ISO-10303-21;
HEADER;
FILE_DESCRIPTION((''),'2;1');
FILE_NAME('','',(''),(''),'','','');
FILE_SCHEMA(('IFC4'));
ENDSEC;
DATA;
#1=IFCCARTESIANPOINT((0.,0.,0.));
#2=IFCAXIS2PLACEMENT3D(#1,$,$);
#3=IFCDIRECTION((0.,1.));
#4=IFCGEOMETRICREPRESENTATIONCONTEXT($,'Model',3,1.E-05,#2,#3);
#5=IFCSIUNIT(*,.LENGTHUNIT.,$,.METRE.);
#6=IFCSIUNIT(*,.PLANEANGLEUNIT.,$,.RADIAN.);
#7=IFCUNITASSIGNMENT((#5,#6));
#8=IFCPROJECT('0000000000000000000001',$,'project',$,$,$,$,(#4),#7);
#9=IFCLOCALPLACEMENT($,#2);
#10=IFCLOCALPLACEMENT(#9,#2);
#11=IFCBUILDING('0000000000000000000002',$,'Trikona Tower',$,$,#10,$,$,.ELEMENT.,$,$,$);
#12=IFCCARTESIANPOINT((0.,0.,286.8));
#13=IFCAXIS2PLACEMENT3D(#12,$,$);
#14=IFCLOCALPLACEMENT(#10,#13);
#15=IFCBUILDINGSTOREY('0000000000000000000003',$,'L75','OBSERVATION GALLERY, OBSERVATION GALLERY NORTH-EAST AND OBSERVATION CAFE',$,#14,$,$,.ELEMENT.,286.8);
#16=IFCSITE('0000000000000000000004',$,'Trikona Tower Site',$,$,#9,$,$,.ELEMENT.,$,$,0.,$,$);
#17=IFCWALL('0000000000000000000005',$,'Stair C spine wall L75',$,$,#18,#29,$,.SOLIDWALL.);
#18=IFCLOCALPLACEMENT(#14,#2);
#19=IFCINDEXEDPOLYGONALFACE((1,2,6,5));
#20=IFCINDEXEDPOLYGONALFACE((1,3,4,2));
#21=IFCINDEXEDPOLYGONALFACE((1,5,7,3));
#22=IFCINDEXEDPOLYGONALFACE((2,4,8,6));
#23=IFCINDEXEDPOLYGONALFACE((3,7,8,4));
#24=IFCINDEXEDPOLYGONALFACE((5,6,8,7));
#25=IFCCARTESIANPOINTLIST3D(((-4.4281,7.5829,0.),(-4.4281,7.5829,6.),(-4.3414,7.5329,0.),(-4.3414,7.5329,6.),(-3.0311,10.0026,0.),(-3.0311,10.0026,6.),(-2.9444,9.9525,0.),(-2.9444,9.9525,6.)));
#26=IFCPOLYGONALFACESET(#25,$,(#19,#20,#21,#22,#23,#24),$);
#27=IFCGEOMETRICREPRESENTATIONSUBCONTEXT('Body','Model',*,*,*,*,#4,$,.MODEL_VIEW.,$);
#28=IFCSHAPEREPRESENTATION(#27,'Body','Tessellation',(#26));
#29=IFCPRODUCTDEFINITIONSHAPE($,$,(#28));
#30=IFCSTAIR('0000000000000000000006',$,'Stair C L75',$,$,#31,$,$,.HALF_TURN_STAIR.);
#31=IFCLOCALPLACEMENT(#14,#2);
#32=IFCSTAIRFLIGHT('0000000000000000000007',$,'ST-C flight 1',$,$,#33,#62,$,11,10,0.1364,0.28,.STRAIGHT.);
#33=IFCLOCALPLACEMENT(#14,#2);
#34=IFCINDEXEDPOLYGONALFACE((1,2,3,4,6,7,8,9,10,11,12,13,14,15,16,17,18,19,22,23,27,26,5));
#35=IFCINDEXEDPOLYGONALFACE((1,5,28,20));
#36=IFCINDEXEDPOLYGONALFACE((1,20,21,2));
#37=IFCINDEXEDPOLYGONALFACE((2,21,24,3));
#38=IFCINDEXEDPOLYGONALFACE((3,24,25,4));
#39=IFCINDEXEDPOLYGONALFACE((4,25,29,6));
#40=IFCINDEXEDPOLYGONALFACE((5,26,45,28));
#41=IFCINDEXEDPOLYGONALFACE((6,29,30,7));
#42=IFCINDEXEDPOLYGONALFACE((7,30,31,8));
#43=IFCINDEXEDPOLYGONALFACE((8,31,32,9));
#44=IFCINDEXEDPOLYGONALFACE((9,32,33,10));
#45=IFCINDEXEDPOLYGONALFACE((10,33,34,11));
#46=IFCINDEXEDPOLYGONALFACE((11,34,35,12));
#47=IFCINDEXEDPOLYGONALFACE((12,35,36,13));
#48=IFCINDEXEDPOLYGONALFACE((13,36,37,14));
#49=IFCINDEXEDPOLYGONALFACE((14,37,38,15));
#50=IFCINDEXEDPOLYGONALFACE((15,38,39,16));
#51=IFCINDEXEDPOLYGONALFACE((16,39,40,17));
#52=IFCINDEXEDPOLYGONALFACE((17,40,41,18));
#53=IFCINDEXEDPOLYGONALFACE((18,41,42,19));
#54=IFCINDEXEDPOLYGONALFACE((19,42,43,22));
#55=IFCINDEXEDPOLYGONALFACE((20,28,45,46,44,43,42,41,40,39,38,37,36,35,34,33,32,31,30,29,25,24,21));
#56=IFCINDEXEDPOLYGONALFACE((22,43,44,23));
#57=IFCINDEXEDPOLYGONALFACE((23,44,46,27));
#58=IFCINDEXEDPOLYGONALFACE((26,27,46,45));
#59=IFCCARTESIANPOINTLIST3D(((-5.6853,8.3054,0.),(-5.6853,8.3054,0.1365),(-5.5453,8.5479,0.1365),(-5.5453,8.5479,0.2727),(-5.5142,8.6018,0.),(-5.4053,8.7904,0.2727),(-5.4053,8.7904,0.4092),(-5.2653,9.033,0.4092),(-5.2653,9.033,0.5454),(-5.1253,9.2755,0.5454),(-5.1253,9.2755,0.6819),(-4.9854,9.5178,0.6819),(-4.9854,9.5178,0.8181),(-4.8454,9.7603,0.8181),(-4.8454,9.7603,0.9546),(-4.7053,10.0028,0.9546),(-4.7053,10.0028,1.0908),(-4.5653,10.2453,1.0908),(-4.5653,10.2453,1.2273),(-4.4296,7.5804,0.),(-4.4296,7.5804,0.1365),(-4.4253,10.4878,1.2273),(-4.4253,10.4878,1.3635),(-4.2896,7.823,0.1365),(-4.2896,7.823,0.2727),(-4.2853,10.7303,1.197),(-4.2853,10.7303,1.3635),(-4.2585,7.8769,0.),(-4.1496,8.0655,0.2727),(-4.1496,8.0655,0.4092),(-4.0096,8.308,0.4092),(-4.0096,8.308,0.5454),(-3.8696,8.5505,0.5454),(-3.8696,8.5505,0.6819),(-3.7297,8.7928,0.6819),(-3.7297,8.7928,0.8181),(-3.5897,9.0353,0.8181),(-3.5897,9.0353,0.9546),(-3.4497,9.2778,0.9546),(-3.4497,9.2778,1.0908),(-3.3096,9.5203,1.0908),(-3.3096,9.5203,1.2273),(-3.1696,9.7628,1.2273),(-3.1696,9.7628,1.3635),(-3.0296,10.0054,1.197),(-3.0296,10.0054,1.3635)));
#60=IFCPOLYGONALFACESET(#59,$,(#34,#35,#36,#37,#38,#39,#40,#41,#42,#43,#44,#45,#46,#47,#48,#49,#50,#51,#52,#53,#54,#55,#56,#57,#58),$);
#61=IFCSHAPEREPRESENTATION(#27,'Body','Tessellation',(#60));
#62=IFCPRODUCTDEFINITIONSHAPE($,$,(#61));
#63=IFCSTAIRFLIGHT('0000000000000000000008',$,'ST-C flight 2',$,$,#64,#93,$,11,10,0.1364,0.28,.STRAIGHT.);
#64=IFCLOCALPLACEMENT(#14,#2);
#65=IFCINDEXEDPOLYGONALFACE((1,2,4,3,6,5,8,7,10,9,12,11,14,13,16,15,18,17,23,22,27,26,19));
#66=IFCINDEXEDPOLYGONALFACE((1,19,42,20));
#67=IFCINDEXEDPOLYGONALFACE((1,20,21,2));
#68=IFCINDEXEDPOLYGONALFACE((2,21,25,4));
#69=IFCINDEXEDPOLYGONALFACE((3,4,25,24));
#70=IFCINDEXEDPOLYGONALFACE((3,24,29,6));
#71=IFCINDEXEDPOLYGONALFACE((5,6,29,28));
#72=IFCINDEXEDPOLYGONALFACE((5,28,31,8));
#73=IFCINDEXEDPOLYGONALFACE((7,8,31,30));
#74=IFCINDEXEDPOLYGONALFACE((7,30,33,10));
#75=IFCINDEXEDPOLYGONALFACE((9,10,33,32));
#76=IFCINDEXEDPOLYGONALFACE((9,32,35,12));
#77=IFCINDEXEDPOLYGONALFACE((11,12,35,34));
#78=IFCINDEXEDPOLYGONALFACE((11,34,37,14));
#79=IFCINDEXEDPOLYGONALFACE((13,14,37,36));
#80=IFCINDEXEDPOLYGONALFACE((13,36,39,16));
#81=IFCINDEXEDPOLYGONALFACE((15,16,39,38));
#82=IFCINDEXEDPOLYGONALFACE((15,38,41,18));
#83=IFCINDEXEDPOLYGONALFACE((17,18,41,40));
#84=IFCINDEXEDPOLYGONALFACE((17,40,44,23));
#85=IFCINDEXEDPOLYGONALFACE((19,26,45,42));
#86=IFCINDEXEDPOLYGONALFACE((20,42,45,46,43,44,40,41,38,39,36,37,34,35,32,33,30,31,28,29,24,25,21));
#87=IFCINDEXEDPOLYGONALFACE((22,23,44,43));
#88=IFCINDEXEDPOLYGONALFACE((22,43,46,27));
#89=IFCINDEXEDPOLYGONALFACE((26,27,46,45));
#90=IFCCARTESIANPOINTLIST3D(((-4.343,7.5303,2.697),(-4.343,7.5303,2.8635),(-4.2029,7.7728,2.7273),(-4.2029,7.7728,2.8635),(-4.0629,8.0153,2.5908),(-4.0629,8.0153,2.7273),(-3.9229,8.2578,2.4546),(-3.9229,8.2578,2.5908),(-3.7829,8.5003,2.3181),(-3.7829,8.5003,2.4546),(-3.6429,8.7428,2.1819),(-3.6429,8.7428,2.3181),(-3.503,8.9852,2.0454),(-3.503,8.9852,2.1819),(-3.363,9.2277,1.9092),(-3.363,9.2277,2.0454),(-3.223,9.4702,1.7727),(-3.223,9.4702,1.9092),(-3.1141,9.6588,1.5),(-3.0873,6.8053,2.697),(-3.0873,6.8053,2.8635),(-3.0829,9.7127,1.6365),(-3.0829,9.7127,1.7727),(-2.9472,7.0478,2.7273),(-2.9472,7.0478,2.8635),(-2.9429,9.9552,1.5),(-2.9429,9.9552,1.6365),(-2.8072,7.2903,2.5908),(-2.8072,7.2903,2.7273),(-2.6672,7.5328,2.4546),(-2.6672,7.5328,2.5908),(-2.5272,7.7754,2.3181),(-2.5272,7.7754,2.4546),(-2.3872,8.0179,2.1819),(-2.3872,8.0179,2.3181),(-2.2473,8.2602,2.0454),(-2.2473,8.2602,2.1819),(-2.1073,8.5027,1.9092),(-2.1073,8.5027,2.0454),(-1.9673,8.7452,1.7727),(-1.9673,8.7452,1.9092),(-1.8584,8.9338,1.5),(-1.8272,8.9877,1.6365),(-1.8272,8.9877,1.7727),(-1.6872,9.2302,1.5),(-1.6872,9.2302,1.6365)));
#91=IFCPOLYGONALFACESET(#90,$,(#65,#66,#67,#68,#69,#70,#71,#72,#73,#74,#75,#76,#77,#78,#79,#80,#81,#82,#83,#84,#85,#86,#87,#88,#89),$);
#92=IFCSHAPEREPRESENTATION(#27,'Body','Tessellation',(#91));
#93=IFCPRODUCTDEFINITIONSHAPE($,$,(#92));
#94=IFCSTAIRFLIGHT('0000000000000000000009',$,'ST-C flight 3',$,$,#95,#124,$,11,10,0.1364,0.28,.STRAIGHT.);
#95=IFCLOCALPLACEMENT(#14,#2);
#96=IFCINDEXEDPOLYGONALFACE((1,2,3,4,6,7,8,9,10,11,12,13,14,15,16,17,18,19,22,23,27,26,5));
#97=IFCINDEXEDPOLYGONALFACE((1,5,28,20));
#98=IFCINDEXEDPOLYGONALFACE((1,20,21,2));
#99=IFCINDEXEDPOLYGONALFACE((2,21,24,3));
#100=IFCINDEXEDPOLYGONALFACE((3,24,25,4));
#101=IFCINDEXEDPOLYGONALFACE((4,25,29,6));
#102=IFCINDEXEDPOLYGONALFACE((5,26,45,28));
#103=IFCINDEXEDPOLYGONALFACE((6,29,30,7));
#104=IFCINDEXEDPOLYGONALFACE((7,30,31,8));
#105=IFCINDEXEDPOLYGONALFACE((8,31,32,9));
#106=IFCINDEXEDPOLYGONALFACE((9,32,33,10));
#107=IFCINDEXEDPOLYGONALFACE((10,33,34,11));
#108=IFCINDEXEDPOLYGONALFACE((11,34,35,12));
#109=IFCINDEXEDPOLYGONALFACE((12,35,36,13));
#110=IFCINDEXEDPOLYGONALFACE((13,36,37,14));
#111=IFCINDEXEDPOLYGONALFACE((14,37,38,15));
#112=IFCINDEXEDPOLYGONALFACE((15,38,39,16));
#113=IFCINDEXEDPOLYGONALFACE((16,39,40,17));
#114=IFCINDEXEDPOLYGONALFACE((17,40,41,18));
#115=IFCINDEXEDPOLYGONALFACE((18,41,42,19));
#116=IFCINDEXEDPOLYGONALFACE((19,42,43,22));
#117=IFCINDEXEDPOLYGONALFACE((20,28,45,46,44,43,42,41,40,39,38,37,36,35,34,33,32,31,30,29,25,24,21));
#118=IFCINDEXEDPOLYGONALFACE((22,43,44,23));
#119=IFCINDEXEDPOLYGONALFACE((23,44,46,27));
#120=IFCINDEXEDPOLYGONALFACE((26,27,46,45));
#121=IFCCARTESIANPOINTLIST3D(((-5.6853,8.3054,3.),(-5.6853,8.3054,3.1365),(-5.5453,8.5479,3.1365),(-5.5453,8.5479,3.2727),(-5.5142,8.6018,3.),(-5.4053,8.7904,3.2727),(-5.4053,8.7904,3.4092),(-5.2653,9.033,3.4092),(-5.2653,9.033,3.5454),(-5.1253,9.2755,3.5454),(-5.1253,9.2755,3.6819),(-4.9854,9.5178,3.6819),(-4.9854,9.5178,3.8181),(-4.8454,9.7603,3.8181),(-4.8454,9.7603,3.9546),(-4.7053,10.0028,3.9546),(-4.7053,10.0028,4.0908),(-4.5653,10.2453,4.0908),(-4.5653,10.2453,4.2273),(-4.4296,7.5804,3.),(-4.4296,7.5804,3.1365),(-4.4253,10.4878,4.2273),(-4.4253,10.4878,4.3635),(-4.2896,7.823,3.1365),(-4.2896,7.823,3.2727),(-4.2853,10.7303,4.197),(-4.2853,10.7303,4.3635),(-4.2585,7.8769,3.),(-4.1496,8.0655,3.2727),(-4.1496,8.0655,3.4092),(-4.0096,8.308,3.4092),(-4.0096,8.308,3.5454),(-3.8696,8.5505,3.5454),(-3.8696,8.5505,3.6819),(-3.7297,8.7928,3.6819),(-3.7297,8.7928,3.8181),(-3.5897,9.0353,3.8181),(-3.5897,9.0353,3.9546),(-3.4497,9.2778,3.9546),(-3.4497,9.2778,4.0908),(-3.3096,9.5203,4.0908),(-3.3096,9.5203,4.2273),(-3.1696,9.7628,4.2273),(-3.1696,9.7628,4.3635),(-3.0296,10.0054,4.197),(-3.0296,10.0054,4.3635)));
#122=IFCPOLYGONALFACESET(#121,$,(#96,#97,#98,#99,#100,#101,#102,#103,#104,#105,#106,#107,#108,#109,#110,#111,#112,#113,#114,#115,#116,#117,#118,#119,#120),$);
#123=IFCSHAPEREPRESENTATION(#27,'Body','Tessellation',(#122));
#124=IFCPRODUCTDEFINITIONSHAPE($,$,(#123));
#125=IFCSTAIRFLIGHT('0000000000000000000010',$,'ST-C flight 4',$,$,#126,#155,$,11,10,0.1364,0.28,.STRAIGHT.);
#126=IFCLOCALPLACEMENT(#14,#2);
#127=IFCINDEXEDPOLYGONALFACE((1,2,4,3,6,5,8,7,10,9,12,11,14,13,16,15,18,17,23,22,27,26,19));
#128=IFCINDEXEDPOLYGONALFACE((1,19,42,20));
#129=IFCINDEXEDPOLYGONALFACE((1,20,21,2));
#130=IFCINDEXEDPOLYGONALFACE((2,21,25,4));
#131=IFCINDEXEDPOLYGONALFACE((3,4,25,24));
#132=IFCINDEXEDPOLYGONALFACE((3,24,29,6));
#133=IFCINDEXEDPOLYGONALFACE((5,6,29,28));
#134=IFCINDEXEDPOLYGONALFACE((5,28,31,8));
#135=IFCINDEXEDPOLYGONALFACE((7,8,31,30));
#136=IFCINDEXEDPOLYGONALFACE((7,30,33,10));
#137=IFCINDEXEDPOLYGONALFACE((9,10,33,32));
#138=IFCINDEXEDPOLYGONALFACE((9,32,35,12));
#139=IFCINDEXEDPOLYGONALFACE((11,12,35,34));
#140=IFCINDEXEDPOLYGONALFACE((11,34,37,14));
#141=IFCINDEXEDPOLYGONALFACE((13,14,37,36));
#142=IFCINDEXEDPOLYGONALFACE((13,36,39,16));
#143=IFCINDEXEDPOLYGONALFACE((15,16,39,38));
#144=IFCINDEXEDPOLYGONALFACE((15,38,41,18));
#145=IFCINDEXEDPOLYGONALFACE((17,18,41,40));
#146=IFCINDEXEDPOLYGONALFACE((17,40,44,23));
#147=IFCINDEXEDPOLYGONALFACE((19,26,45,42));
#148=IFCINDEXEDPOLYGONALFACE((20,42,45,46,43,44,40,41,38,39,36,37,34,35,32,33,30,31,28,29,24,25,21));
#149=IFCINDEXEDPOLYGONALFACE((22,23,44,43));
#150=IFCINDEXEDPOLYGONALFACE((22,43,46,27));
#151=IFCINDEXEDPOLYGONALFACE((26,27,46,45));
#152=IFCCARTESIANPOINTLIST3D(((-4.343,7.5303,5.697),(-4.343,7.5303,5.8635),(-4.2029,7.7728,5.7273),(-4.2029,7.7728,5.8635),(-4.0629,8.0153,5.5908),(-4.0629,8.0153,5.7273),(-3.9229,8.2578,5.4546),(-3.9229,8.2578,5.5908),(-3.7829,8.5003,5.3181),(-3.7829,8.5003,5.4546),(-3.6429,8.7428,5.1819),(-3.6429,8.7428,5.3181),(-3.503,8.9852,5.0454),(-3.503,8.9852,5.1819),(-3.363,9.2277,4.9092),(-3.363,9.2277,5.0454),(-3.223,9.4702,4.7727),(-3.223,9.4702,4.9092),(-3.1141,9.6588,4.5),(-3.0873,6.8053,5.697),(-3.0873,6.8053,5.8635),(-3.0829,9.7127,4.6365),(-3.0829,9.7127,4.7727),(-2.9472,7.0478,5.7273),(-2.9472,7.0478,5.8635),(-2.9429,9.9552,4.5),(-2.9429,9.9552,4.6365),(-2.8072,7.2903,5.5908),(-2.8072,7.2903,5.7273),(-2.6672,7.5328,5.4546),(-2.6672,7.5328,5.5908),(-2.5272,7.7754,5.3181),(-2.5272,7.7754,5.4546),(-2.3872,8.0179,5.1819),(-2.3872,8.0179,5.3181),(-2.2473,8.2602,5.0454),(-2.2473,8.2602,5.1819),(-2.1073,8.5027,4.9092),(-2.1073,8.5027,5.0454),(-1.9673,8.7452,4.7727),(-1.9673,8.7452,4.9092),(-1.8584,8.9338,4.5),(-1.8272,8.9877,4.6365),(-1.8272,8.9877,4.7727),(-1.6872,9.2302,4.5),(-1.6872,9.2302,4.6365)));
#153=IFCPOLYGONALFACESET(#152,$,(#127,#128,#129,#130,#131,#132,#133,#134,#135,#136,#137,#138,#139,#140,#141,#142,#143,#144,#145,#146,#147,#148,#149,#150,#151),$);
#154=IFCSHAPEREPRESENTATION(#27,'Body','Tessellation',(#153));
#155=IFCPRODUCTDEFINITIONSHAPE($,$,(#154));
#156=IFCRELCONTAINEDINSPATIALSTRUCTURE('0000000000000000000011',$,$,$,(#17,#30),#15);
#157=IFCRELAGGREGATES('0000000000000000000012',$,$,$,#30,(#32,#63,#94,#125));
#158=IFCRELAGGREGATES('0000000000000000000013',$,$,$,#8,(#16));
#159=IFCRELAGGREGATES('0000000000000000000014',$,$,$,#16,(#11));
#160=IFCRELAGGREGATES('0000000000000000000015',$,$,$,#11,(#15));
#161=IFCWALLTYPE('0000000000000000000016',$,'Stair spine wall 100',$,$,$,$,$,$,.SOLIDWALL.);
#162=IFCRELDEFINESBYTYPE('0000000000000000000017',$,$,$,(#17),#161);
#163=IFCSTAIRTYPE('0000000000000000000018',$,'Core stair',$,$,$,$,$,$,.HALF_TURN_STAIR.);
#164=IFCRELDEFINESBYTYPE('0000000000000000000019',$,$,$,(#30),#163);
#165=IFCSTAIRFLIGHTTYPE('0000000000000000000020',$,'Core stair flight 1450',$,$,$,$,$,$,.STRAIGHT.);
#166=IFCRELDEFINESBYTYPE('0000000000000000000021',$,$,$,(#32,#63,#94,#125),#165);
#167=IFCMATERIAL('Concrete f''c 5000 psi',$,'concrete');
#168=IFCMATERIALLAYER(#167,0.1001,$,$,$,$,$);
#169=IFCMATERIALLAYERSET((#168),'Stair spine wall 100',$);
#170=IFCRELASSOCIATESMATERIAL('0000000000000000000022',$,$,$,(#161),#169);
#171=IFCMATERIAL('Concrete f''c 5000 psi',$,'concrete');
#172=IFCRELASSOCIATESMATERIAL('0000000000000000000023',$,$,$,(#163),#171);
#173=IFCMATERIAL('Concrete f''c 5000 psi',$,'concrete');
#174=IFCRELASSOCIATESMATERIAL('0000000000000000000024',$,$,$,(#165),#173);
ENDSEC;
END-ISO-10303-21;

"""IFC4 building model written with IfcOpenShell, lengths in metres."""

from ifc_helpers import new_model, si_unit, direction, frame, frame_2d, origin, place, context, subcontext, project, spatial, polyline, rectangle, outline, extrude, material, layer, layer_set, type_object, element, aggregate, save


model = new_model("IFC4")

# Units and contexts
model_context = context("Model", 3, precision=1e-05, world=origin(), true_north=direction((0.0, 1.0)))
body_context = subcontext(model_context, "Body", "Model", "MODEL_VIEW")
ifc_project = project(units=[si_unit("LENGTHUNIT", "METRE"), si_unit("PLANEANGLEUNIT", "RADIAN")], contexts=[model_context])

# Site, building, storey
site_placement = place(None, origin())
site = spatial("IfcSite", under=ifc_project, at=site_placement, Name="Trikona Tower Site", CompositionType="ELEMENT", RefElevation=0.0)
building_placement = place(site_placement, origin())
building = spatial("IfcBuilding", under=site, at=building_placement, Name="Trikona Tower", CompositionType="ELEMENT")
storey_placement = place(building_placement, frame((0.0, 0.0, 286.8)))
storey = spatial("IfcBuildingStorey", under=building, at=storey_placement, Name="L75", Description="OBSERVATION GALLERY, OBSERVATION GALLERY NORTH-EAST AND OBSERVATION CAFE", CompositionType="ELEMENT", Elevation=286.8)

# Wall
ifc_material_1 = material(Name="Concrete f'c 5000 psi", Category="concrete")
ifc_layer_1 = layer(ifc_material_1, 0.1001)
ifc_layer_set_1 = layer_set([ifc_layer_1], Name="Stair spine wall 100")
wall_type_1 = type_object("IfcWallType", Name="Stair spine wall 100", PredefinedType="SOLIDWALL", material=ifc_layer_set_1)
wall_1_placement = place(storey_placement, frame((-2.9878, 9.9775, 0.0), z_axis=(0.0, 0.0, 1.0), x_axis=(-0.499992, -0.86603, 0.0)))
element("IfcWall", 1, at=wall_1_placement, inside=storey, type_object=wall_type_1, Name="Stair C spine wall L75", PredefinedType="SOLIDWALL", context=body_context, shape_type="SweptSolid", body=[
    extrude(rectangle(XDim=2.7939, YDim=0.1001, at=frame_2d((1.397, 0.0))), origin(), (0.0, 0.0, 1.0), 6.0),
])

# Stair, stair flights
ifc_material_2 = material(Name="Concrete f'c 5000 psi", Category="concrete")
stair_type = type_object("IfcStairType", Name="Core stair", PredefinedType="HALF_TURN_STAIR", material=ifc_material_2)
stair_placement = place(storey_placement, origin())
stair = element("IfcStair", 2, at=stair_placement, inside=storey, type_object=stair_type, Name="Stair C L75", PredefinedType="HALF_TURN_STAIR")
ifc_material_3 = material(Name="Concrete f'c 5000 psi", Category="concrete")
stair_flight_type = type_object("IfcStairFlightType", Name="Core stair flight 1450", PredefinedType="STRAIGHT", material=ifc_material_3)
stair_flight_1_placement = place(storey_placement, frame((-5.0574, 7.9429, 0.0), z_axis=(0.0, 0.0, 1.0), x_axis=(0.5, 0.866025, 0.0)))
stair_flight_1 = element("IfcStairFlight", 3, at=stair_flight_1_placement, type_object=stair_flight_type, Name="ST-C flight 1", NumberOfRisers=11, NumberOfTreads=10, PredefinedType="STRAIGHT", RiserHeight=0.1364, TreadLength=0.28, context=body_context, shape_type="SweptSolid", body=[
    extrude(outline(polyline([(0.0, 0.0), (0.0, 0.1365), (0.28, 0.1365), (0.28, 0.2727), (0.5601, 0.2727), (0.5601, 0.4092), (0.8401, 0.4092), (0.8401, 0.5454), (1.1201, 0.5454), (1.1201, 0.6819), (1.3999, 0.6819), (1.3999, 0.8181), (1.6799, 0.8181), (1.6799, 0.9546), (1.96, 0.9546), (1.96, 1.0908), (2.24, 1.0908), (2.24, 1.2273), (2.52, 1.2273), (2.52, 1.3635), (2.8, 1.3635), (2.8, 1.5), (2.8, 1.197), (0.3423, 0.0), (0.0, 0.0)])), frame((0.0, 0.7251, 0.0), z_axis=(0.0, -1.0, 0.0), x_axis=(1.0, 0.0, 0.0)), (0.0, 0.0, 1.0), 1.45),
])
stair_flight_2_placement = place(storey_placement, frame((-2.3152, 9.5928, 1.5), z_axis=(0.0, 0.0, 1.0), x_axis=(-0.5, -0.866025, 0.0)))
stair_flight_2 = element("IfcStairFlight", 4, at=stair_flight_2_placement, type_object=stair_flight_type, Name="ST-C flight 2", NumberOfRisers=11, NumberOfTreads=10, PredefinedType="STRAIGHT", RiserHeight=0.1364, TreadLength=0.28, context=body_context, shape_type="SweptSolid", body=[
    extrude(outline(polyline([(0.0, 0.0), (0.0, 0.1365), (0.28, 0.1365), (0.28, 0.2727), (0.5601, 0.2727), (0.5601, 0.4092), (0.8401, 0.4092), (0.8401, 0.5454), (1.1201, 0.5454), (1.1201, 0.6819), (1.3999, 0.6819), (1.3999, 0.8181), (1.6799, 0.8181), (1.6799, 0.9546), (1.96, 0.9546), (1.96, 1.0908), (2.24, 1.0908), (2.24, 1.2273), (2.52, 1.2273), (2.52, 1.3635), (2.8, 1.3635), (2.8, 1.5), (2.8, 1.197), (0.3423, 0.0), (0.0, 0.0)])), frame((0.0, 0.7251, 0.0), z_axis=(0.0, -1.0, 0.0), x_axis=(1.0, 0.0, 0.0)), (0.0, 0.0, 1.0), 1.45),
])
stair_flight_3_placement = place(storey_placement, frame((-5.0574, 7.9429, 3.0), z_axis=(0.0, 0.0, 1.0), x_axis=(0.5, 0.866025, 0.0)))
stair_flight_3 = element("IfcStairFlight", 5, at=stair_flight_3_placement, type_object=stair_flight_type, Name="ST-C flight 3", NumberOfRisers=11, NumberOfTreads=10, PredefinedType="STRAIGHT", RiserHeight=0.1364, TreadLength=0.28, context=body_context, shape_type="SweptSolid", body=[
    extrude(outline(polyline([(0.0, 0.0), (0.0, 0.1365), (0.28, 0.1365), (0.28, 0.2727), (0.5601, 0.2727), (0.5601, 0.4092), (0.8401, 0.4092), (0.8401, 0.5454), (1.1201, 0.5454), (1.1201, 0.6819), (1.3999, 0.6819), (1.3999, 0.8181), (1.6799, 0.8181), (1.6799, 0.9546), (1.96, 0.9546), (1.96, 1.0908), (2.24, 1.0908), (2.24, 1.2273), (2.52, 1.2273), (2.52, 1.3635), (2.8, 1.3635), (2.8, 1.5), (2.8, 1.197), (0.3423, 0.0), (0.0, 0.0)])), frame((0.0, 0.7251, 0.0), z_axis=(0.0, -1.0, 0.0), x_axis=(1.0, 0.0, 0.0)), (0.0, 0.0, 1.0), 1.45),
])
stair_flight_4_placement = place(storey_placement, frame((-2.3152, 9.5928, 4.5), z_axis=(0.0, 0.0, 1.0), x_axis=(-0.5, -0.866025, 0.0)))
stair_flight_4 = element("IfcStairFlight", 6, at=stair_flight_4_placement, type_object=stair_flight_type, Name="ST-C flight 4", NumberOfRisers=11, NumberOfTreads=10, PredefinedType="STRAIGHT", RiserHeight=0.1364, TreadLength=0.28, context=body_context, shape_type="SweptSolid", body=[
    extrude(outline(polyline([(0.0, 0.0), (0.0, 0.1365), (0.28, 0.1365), (0.28, 0.2727), (0.5601, 0.2727), (0.5601, 0.4092), (0.8401, 0.4092), (0.8401, 0.5454), (1.1201, 0.5454), (1.1201, 0.6819), (1.3999, 0.6819), (1.3999, 0.8181), (1.6799, 0.8181), (1.6799, 0.9546), (1.96, 0.9546), (1.96, 1.0908), (2.24, 1.0908), (2.24, 1.2273), (2.52, 1.2273), (2.52, 1.3635), (2.8, 1.3635), (2.8, 1.5), (2.8, 1.197), (0.3423, 0.0), (0.0, 0.0)])), frame((0.0, 0.7251, 0.0), z_axis=(0.0, -1.0, 0.0), x_axis=(1.0, 0.0, 0.0)), (0.0, 0.0, 1.0), 1.45),
])
aggregate(stair, [stair_flight_1, stair_flight_2, stair_flight_3, stair_flight_4])

save(model, "model.ifc")
